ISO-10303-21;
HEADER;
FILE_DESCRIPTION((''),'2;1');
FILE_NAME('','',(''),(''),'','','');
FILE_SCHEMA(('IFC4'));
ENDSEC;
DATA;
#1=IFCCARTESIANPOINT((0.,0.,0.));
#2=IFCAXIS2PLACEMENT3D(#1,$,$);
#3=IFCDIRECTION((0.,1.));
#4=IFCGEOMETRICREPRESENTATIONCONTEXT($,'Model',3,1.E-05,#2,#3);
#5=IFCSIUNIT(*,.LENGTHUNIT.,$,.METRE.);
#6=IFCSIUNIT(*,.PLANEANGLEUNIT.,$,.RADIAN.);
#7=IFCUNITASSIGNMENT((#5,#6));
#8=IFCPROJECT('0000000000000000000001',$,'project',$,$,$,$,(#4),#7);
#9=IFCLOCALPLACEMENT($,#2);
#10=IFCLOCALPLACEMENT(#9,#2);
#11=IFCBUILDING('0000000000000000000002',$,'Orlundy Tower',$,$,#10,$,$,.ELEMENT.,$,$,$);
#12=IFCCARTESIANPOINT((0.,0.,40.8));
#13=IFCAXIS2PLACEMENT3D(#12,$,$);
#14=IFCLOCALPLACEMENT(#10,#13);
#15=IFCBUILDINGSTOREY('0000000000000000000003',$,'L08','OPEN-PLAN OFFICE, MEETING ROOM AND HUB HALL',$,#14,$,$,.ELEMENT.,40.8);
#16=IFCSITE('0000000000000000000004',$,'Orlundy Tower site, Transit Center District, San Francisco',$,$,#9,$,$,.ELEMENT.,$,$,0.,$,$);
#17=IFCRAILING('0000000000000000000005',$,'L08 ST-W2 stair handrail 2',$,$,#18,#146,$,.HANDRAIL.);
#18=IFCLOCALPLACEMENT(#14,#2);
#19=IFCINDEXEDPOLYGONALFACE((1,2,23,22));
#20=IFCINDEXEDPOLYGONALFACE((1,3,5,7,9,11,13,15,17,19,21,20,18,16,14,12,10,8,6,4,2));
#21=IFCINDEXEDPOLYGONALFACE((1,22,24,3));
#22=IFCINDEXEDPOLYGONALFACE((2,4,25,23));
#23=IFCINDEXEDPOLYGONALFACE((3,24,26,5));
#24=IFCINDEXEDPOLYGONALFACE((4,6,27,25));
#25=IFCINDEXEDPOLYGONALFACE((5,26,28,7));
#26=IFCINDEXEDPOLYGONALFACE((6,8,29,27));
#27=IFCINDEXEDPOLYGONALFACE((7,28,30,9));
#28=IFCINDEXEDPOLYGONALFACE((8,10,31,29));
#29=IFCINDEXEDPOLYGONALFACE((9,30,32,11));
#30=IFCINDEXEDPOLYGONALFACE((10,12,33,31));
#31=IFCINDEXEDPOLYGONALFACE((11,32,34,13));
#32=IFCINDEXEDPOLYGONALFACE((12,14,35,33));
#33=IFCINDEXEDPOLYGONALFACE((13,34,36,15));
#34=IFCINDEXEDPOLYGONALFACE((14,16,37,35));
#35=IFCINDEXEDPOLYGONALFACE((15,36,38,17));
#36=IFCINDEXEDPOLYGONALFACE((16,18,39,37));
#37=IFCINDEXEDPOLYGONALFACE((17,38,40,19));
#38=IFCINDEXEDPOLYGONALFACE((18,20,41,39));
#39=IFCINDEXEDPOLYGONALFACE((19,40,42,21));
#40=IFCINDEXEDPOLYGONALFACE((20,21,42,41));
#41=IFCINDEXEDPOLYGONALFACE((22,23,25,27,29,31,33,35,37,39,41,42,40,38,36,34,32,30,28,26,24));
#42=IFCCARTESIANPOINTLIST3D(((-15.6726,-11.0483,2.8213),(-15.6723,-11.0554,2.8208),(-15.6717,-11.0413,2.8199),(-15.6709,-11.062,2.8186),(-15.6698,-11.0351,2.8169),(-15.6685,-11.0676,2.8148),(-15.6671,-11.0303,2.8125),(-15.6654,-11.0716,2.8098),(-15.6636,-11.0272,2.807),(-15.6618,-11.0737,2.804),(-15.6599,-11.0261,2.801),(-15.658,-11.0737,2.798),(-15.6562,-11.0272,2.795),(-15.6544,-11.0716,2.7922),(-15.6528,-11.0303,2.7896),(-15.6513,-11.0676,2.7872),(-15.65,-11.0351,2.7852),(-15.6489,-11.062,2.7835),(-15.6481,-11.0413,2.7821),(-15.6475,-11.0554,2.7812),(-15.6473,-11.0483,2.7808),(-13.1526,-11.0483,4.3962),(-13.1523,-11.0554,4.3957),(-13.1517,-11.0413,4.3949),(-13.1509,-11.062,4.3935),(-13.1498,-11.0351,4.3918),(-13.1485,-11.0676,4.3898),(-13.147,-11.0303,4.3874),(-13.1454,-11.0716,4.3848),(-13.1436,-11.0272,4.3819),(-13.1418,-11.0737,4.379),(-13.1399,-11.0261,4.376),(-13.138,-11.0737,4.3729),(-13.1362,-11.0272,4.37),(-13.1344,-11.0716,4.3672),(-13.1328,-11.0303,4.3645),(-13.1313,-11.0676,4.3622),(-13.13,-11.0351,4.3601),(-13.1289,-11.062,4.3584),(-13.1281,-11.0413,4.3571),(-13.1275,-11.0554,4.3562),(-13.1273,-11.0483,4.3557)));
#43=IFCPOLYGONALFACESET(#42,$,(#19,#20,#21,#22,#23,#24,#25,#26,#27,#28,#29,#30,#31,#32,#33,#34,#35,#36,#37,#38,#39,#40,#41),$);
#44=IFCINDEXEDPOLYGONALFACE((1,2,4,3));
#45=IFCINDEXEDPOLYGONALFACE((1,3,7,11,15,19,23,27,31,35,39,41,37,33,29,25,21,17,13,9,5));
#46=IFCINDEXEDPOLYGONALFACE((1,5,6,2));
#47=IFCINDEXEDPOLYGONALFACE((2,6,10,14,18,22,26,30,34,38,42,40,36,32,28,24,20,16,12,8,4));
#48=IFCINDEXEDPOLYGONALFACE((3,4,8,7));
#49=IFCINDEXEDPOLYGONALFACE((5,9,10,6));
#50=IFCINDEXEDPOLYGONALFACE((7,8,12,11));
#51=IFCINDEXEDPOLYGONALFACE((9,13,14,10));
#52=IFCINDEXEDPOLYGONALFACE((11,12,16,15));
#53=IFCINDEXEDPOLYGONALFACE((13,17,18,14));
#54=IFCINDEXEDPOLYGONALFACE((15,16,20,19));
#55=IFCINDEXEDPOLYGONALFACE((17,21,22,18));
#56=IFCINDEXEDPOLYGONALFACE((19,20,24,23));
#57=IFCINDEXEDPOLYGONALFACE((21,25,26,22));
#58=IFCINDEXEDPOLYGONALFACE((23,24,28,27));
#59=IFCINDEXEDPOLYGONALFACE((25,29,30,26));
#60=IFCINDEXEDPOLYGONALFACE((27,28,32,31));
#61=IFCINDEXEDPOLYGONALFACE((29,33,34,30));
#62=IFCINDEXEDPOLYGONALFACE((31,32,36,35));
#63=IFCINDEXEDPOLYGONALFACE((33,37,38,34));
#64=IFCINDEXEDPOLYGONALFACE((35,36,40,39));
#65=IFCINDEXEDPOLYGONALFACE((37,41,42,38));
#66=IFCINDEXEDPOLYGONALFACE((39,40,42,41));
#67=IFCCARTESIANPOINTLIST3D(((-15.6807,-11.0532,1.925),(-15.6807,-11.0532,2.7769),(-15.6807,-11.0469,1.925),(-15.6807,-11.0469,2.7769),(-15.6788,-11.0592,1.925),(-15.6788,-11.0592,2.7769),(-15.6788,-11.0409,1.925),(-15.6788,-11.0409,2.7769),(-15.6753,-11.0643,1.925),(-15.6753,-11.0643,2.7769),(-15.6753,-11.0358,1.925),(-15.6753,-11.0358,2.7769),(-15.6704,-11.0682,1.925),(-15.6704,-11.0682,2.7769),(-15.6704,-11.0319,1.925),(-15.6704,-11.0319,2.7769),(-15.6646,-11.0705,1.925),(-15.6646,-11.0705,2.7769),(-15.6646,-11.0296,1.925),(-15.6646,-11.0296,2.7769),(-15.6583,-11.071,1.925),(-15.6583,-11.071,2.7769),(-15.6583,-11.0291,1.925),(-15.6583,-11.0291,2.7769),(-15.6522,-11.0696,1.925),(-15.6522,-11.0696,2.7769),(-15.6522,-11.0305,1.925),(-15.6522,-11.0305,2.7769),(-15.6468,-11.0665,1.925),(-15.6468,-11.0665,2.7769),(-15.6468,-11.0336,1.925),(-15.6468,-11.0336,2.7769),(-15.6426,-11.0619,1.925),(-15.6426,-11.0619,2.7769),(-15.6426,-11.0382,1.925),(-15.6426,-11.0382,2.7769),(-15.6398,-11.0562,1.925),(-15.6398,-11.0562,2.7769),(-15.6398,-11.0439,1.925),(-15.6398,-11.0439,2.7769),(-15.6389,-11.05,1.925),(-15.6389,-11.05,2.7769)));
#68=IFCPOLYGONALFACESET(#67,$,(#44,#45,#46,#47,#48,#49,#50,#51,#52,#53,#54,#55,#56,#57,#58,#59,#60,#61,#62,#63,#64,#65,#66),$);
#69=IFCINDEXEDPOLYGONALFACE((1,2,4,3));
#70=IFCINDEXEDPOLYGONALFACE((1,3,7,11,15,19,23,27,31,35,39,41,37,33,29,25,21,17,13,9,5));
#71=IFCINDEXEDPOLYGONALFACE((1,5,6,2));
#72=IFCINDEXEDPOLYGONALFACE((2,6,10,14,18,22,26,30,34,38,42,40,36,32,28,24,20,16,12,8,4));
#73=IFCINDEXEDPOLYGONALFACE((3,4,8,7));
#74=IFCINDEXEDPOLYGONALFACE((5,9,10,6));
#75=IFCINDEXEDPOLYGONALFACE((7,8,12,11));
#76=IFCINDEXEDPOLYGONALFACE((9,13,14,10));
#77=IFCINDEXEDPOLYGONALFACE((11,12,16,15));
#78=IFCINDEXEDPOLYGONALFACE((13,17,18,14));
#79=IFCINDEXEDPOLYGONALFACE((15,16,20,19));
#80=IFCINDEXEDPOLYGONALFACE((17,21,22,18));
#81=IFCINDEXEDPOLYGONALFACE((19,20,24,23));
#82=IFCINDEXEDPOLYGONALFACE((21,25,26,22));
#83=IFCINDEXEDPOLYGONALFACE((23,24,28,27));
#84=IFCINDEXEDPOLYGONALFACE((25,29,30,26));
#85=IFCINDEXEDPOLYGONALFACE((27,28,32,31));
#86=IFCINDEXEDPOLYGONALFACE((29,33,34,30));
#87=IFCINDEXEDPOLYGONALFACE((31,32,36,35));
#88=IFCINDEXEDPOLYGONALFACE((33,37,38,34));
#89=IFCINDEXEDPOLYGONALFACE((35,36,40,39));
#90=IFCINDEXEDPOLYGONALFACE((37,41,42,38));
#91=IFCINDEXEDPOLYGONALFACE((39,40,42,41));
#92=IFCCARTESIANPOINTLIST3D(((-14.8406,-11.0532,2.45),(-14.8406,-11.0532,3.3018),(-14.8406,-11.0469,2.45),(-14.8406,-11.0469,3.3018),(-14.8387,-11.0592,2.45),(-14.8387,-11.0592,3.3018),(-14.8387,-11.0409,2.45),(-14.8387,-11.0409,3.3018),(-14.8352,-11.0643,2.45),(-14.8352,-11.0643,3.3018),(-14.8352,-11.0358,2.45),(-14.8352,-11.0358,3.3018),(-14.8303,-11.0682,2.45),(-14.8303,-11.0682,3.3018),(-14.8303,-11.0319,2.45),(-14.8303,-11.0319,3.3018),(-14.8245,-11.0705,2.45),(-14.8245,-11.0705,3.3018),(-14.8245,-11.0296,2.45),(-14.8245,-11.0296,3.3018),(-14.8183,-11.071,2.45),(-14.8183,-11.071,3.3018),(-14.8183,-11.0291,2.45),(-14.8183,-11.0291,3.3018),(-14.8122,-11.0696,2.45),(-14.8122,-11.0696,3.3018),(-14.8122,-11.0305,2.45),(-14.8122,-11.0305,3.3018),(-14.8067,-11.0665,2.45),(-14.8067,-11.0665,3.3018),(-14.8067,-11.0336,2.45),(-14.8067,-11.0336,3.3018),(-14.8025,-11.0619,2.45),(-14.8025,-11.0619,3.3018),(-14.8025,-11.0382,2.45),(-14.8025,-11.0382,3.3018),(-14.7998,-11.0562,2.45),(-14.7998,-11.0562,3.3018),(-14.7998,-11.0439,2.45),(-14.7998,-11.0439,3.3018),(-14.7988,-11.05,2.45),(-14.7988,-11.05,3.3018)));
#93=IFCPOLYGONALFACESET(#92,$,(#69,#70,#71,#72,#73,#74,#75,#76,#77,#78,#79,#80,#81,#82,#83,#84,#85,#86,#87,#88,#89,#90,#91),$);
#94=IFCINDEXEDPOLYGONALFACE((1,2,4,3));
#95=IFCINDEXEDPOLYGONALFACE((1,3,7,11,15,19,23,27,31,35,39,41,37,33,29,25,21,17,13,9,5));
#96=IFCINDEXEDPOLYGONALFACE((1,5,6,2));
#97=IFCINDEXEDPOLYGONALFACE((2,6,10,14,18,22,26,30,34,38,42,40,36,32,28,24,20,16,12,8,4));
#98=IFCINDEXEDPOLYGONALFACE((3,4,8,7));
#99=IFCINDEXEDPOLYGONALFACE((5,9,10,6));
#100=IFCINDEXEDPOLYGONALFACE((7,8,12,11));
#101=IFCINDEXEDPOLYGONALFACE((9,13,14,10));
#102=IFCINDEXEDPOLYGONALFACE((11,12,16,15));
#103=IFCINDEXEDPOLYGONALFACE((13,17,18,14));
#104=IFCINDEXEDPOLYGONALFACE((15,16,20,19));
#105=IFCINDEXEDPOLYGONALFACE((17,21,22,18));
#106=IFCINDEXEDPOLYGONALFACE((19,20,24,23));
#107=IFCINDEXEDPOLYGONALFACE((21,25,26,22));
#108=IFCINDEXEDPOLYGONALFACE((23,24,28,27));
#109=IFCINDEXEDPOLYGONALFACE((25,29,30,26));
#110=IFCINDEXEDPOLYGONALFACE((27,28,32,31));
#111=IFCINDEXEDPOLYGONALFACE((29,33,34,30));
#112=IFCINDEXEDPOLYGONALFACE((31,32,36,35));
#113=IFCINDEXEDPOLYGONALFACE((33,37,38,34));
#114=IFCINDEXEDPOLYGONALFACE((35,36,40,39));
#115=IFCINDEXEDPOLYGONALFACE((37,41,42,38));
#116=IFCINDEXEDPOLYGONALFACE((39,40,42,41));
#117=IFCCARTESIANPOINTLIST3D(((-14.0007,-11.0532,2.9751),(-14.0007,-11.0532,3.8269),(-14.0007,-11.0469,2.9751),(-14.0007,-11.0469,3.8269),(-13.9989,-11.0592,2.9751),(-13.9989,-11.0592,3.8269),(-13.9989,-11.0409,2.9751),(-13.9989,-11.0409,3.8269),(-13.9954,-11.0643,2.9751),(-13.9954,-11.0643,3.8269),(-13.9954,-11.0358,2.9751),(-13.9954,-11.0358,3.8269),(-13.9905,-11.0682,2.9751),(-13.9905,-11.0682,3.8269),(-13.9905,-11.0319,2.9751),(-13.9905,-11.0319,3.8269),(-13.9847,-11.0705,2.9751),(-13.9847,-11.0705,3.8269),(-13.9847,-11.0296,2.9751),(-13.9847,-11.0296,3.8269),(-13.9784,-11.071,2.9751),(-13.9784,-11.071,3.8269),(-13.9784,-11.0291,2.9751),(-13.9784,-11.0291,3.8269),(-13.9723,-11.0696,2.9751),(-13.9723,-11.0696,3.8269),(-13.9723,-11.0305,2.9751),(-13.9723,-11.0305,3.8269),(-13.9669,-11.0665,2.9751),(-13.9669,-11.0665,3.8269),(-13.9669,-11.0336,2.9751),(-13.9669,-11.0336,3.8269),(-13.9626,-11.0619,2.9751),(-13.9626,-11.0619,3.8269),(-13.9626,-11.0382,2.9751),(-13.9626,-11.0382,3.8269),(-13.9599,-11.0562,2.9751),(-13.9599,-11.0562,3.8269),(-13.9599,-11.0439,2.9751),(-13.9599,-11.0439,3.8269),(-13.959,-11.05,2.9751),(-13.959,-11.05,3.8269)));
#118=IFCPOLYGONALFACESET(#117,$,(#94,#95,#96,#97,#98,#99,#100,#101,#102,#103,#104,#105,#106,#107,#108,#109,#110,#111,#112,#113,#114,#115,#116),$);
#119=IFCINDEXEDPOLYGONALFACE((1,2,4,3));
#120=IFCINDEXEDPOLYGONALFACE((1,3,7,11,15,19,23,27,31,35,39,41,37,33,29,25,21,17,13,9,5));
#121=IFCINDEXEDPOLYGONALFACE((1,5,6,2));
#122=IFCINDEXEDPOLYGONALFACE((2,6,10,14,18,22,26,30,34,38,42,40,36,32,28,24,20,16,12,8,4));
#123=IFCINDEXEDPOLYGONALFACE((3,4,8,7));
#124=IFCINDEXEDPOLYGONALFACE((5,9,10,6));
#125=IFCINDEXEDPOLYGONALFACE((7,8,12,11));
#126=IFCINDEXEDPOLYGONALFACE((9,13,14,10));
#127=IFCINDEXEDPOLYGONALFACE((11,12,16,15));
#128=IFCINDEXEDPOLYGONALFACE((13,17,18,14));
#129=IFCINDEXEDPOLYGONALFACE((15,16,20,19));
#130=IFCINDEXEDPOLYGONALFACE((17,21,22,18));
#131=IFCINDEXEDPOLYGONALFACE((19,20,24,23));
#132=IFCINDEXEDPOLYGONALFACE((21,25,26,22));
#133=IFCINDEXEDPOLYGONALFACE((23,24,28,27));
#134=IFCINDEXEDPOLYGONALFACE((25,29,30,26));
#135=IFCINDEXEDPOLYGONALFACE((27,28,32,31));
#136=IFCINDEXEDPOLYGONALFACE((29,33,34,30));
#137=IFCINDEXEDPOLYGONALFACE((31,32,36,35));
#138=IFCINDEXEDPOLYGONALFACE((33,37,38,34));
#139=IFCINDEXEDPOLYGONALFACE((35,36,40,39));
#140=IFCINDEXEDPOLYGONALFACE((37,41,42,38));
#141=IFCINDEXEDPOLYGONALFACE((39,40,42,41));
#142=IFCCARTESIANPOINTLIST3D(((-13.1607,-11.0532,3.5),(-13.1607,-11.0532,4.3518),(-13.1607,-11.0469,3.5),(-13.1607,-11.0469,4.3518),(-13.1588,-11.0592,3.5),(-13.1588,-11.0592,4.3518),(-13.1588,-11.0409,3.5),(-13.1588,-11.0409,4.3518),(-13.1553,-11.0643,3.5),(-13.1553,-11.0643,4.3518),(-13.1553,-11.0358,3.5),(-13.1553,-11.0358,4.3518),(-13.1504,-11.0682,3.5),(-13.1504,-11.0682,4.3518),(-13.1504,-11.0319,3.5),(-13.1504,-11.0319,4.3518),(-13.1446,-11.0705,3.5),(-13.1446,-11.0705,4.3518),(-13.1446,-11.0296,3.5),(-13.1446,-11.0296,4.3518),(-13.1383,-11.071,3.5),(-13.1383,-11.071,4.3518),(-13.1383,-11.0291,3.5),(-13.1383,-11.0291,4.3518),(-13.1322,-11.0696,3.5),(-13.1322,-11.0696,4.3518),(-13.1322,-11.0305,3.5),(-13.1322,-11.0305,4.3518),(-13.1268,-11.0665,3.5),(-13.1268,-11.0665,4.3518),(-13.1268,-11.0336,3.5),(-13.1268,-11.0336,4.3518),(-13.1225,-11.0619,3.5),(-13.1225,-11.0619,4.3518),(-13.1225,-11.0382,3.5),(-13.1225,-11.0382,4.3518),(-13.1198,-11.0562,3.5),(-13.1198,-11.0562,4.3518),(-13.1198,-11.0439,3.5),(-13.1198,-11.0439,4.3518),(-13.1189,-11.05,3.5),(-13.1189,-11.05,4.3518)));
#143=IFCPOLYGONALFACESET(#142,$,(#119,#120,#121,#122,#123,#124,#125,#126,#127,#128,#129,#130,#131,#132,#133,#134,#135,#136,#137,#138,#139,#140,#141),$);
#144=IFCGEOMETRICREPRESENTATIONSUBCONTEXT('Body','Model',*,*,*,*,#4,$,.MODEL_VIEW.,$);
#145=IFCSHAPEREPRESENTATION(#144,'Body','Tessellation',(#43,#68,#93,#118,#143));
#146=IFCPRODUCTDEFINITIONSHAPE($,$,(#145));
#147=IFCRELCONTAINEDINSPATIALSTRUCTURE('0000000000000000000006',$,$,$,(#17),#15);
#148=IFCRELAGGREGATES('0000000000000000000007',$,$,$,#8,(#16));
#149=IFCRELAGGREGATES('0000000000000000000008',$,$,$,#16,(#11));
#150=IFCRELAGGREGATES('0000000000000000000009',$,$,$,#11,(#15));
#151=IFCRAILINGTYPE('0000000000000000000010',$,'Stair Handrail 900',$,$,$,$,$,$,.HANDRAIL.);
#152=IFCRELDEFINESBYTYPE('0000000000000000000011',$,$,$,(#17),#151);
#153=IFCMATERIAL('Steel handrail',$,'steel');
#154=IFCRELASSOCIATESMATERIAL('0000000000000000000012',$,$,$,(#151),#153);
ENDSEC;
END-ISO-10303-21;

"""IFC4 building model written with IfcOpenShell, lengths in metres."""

from ifc_helpers import new_model, si_unit, direction, frame, origin, origin_2d, place, context, subcontext, project, spatial, circle, extrude, material, type_object, element, save


model = new_model("IFC4")

# Units and contexts
model_context = context("Model", 3, precision=1e-05, world=origin(), true_north=direction((0.0, 1.0)))
body_context = subcontext(model_context, "Body", "Model", "MODEL_VIEW")
ifc_project = project(units=[si_unit("LENGTHUNIT", "METRE"), si_unit("PLANEANGLEUNIT", "RADIAN")], contexts=[model_context])

# Site, building, storey
site_placement = place(None, origin())
site = spatial("IfcSite", under=ifc_project, at=site_placement, Name="Orlundy Tower site, Transit Center District, San Francisco", CompositionType="ELEMENT", RefElevation=0.0)
building_placement = place(site_placement, origin())
building = spatial("IfcBuilding", under=site, at=building_placement, Name="Orlundy Tower", CompositionType="ELEMENT")
storey_placement = place(building_placement, frame((0.0, 0.0, 40.8)))
storey = spatial("IfcBuildingStorey", under=building, at=storey_placement, Name="L08", Description="OPEN-PLAN OFFICE, MEETING ROOM AND HUB HALL", CompositionType="ELEMENT", Elevation=40.8)

# Railing
ifc_material_1 = material(Name="Steel handrail", Category="steel")
railing_type_1 = type_object("IfcRailingType", Name="Stair Handrail 900", PredefinedType="HANDRAIL", material=ifc_material_1)
railing_1_placement = place(storey_placement, frame((-15.6599, -11.05, 1.925)))
element("IfcRailing", 1, at=railing_1_placement, inside=storey, type_object=railing_type_1, Name="L08 ST-W2 stair handrail 2", PredefinedType="HANDRAIL", context=body_context, shape_type="SweptSolid", body=[
    extrude(circle(Radius=0.0239, at=origin_2d()), frame((0.0, 0.0, 0.876), z_axis=(0.848008, 0.0, 0.529984), x_axis=(0.0, 1.0, 0.0)), (0.0, 0.0, 1.0), 2.9717),
    extrude(circle(Radius=0.021, at=origin_2d()), origin(), (0.0, 0.0, 1.0), 0.8518),
    extrude(circle(Radius=0.021, at=origin_2d()), frame((0.8401, 0.0, 0.5249)), (0.0, 0.0, 1.0), 0.8518),
    extrude(circle(Radius=0.021, at=origin_2d()), frame((1.6799, 0.0, 1.05)), (0.0, 0.0, 1.0), 0.8518),
    extrude(circle(Radius=0.021, at=origin_2d()), frame((2.52, 0.0, 1.575)), (0.0, 0.0, 1.0), 0.8518),
])

save(model, "model.ifc")
